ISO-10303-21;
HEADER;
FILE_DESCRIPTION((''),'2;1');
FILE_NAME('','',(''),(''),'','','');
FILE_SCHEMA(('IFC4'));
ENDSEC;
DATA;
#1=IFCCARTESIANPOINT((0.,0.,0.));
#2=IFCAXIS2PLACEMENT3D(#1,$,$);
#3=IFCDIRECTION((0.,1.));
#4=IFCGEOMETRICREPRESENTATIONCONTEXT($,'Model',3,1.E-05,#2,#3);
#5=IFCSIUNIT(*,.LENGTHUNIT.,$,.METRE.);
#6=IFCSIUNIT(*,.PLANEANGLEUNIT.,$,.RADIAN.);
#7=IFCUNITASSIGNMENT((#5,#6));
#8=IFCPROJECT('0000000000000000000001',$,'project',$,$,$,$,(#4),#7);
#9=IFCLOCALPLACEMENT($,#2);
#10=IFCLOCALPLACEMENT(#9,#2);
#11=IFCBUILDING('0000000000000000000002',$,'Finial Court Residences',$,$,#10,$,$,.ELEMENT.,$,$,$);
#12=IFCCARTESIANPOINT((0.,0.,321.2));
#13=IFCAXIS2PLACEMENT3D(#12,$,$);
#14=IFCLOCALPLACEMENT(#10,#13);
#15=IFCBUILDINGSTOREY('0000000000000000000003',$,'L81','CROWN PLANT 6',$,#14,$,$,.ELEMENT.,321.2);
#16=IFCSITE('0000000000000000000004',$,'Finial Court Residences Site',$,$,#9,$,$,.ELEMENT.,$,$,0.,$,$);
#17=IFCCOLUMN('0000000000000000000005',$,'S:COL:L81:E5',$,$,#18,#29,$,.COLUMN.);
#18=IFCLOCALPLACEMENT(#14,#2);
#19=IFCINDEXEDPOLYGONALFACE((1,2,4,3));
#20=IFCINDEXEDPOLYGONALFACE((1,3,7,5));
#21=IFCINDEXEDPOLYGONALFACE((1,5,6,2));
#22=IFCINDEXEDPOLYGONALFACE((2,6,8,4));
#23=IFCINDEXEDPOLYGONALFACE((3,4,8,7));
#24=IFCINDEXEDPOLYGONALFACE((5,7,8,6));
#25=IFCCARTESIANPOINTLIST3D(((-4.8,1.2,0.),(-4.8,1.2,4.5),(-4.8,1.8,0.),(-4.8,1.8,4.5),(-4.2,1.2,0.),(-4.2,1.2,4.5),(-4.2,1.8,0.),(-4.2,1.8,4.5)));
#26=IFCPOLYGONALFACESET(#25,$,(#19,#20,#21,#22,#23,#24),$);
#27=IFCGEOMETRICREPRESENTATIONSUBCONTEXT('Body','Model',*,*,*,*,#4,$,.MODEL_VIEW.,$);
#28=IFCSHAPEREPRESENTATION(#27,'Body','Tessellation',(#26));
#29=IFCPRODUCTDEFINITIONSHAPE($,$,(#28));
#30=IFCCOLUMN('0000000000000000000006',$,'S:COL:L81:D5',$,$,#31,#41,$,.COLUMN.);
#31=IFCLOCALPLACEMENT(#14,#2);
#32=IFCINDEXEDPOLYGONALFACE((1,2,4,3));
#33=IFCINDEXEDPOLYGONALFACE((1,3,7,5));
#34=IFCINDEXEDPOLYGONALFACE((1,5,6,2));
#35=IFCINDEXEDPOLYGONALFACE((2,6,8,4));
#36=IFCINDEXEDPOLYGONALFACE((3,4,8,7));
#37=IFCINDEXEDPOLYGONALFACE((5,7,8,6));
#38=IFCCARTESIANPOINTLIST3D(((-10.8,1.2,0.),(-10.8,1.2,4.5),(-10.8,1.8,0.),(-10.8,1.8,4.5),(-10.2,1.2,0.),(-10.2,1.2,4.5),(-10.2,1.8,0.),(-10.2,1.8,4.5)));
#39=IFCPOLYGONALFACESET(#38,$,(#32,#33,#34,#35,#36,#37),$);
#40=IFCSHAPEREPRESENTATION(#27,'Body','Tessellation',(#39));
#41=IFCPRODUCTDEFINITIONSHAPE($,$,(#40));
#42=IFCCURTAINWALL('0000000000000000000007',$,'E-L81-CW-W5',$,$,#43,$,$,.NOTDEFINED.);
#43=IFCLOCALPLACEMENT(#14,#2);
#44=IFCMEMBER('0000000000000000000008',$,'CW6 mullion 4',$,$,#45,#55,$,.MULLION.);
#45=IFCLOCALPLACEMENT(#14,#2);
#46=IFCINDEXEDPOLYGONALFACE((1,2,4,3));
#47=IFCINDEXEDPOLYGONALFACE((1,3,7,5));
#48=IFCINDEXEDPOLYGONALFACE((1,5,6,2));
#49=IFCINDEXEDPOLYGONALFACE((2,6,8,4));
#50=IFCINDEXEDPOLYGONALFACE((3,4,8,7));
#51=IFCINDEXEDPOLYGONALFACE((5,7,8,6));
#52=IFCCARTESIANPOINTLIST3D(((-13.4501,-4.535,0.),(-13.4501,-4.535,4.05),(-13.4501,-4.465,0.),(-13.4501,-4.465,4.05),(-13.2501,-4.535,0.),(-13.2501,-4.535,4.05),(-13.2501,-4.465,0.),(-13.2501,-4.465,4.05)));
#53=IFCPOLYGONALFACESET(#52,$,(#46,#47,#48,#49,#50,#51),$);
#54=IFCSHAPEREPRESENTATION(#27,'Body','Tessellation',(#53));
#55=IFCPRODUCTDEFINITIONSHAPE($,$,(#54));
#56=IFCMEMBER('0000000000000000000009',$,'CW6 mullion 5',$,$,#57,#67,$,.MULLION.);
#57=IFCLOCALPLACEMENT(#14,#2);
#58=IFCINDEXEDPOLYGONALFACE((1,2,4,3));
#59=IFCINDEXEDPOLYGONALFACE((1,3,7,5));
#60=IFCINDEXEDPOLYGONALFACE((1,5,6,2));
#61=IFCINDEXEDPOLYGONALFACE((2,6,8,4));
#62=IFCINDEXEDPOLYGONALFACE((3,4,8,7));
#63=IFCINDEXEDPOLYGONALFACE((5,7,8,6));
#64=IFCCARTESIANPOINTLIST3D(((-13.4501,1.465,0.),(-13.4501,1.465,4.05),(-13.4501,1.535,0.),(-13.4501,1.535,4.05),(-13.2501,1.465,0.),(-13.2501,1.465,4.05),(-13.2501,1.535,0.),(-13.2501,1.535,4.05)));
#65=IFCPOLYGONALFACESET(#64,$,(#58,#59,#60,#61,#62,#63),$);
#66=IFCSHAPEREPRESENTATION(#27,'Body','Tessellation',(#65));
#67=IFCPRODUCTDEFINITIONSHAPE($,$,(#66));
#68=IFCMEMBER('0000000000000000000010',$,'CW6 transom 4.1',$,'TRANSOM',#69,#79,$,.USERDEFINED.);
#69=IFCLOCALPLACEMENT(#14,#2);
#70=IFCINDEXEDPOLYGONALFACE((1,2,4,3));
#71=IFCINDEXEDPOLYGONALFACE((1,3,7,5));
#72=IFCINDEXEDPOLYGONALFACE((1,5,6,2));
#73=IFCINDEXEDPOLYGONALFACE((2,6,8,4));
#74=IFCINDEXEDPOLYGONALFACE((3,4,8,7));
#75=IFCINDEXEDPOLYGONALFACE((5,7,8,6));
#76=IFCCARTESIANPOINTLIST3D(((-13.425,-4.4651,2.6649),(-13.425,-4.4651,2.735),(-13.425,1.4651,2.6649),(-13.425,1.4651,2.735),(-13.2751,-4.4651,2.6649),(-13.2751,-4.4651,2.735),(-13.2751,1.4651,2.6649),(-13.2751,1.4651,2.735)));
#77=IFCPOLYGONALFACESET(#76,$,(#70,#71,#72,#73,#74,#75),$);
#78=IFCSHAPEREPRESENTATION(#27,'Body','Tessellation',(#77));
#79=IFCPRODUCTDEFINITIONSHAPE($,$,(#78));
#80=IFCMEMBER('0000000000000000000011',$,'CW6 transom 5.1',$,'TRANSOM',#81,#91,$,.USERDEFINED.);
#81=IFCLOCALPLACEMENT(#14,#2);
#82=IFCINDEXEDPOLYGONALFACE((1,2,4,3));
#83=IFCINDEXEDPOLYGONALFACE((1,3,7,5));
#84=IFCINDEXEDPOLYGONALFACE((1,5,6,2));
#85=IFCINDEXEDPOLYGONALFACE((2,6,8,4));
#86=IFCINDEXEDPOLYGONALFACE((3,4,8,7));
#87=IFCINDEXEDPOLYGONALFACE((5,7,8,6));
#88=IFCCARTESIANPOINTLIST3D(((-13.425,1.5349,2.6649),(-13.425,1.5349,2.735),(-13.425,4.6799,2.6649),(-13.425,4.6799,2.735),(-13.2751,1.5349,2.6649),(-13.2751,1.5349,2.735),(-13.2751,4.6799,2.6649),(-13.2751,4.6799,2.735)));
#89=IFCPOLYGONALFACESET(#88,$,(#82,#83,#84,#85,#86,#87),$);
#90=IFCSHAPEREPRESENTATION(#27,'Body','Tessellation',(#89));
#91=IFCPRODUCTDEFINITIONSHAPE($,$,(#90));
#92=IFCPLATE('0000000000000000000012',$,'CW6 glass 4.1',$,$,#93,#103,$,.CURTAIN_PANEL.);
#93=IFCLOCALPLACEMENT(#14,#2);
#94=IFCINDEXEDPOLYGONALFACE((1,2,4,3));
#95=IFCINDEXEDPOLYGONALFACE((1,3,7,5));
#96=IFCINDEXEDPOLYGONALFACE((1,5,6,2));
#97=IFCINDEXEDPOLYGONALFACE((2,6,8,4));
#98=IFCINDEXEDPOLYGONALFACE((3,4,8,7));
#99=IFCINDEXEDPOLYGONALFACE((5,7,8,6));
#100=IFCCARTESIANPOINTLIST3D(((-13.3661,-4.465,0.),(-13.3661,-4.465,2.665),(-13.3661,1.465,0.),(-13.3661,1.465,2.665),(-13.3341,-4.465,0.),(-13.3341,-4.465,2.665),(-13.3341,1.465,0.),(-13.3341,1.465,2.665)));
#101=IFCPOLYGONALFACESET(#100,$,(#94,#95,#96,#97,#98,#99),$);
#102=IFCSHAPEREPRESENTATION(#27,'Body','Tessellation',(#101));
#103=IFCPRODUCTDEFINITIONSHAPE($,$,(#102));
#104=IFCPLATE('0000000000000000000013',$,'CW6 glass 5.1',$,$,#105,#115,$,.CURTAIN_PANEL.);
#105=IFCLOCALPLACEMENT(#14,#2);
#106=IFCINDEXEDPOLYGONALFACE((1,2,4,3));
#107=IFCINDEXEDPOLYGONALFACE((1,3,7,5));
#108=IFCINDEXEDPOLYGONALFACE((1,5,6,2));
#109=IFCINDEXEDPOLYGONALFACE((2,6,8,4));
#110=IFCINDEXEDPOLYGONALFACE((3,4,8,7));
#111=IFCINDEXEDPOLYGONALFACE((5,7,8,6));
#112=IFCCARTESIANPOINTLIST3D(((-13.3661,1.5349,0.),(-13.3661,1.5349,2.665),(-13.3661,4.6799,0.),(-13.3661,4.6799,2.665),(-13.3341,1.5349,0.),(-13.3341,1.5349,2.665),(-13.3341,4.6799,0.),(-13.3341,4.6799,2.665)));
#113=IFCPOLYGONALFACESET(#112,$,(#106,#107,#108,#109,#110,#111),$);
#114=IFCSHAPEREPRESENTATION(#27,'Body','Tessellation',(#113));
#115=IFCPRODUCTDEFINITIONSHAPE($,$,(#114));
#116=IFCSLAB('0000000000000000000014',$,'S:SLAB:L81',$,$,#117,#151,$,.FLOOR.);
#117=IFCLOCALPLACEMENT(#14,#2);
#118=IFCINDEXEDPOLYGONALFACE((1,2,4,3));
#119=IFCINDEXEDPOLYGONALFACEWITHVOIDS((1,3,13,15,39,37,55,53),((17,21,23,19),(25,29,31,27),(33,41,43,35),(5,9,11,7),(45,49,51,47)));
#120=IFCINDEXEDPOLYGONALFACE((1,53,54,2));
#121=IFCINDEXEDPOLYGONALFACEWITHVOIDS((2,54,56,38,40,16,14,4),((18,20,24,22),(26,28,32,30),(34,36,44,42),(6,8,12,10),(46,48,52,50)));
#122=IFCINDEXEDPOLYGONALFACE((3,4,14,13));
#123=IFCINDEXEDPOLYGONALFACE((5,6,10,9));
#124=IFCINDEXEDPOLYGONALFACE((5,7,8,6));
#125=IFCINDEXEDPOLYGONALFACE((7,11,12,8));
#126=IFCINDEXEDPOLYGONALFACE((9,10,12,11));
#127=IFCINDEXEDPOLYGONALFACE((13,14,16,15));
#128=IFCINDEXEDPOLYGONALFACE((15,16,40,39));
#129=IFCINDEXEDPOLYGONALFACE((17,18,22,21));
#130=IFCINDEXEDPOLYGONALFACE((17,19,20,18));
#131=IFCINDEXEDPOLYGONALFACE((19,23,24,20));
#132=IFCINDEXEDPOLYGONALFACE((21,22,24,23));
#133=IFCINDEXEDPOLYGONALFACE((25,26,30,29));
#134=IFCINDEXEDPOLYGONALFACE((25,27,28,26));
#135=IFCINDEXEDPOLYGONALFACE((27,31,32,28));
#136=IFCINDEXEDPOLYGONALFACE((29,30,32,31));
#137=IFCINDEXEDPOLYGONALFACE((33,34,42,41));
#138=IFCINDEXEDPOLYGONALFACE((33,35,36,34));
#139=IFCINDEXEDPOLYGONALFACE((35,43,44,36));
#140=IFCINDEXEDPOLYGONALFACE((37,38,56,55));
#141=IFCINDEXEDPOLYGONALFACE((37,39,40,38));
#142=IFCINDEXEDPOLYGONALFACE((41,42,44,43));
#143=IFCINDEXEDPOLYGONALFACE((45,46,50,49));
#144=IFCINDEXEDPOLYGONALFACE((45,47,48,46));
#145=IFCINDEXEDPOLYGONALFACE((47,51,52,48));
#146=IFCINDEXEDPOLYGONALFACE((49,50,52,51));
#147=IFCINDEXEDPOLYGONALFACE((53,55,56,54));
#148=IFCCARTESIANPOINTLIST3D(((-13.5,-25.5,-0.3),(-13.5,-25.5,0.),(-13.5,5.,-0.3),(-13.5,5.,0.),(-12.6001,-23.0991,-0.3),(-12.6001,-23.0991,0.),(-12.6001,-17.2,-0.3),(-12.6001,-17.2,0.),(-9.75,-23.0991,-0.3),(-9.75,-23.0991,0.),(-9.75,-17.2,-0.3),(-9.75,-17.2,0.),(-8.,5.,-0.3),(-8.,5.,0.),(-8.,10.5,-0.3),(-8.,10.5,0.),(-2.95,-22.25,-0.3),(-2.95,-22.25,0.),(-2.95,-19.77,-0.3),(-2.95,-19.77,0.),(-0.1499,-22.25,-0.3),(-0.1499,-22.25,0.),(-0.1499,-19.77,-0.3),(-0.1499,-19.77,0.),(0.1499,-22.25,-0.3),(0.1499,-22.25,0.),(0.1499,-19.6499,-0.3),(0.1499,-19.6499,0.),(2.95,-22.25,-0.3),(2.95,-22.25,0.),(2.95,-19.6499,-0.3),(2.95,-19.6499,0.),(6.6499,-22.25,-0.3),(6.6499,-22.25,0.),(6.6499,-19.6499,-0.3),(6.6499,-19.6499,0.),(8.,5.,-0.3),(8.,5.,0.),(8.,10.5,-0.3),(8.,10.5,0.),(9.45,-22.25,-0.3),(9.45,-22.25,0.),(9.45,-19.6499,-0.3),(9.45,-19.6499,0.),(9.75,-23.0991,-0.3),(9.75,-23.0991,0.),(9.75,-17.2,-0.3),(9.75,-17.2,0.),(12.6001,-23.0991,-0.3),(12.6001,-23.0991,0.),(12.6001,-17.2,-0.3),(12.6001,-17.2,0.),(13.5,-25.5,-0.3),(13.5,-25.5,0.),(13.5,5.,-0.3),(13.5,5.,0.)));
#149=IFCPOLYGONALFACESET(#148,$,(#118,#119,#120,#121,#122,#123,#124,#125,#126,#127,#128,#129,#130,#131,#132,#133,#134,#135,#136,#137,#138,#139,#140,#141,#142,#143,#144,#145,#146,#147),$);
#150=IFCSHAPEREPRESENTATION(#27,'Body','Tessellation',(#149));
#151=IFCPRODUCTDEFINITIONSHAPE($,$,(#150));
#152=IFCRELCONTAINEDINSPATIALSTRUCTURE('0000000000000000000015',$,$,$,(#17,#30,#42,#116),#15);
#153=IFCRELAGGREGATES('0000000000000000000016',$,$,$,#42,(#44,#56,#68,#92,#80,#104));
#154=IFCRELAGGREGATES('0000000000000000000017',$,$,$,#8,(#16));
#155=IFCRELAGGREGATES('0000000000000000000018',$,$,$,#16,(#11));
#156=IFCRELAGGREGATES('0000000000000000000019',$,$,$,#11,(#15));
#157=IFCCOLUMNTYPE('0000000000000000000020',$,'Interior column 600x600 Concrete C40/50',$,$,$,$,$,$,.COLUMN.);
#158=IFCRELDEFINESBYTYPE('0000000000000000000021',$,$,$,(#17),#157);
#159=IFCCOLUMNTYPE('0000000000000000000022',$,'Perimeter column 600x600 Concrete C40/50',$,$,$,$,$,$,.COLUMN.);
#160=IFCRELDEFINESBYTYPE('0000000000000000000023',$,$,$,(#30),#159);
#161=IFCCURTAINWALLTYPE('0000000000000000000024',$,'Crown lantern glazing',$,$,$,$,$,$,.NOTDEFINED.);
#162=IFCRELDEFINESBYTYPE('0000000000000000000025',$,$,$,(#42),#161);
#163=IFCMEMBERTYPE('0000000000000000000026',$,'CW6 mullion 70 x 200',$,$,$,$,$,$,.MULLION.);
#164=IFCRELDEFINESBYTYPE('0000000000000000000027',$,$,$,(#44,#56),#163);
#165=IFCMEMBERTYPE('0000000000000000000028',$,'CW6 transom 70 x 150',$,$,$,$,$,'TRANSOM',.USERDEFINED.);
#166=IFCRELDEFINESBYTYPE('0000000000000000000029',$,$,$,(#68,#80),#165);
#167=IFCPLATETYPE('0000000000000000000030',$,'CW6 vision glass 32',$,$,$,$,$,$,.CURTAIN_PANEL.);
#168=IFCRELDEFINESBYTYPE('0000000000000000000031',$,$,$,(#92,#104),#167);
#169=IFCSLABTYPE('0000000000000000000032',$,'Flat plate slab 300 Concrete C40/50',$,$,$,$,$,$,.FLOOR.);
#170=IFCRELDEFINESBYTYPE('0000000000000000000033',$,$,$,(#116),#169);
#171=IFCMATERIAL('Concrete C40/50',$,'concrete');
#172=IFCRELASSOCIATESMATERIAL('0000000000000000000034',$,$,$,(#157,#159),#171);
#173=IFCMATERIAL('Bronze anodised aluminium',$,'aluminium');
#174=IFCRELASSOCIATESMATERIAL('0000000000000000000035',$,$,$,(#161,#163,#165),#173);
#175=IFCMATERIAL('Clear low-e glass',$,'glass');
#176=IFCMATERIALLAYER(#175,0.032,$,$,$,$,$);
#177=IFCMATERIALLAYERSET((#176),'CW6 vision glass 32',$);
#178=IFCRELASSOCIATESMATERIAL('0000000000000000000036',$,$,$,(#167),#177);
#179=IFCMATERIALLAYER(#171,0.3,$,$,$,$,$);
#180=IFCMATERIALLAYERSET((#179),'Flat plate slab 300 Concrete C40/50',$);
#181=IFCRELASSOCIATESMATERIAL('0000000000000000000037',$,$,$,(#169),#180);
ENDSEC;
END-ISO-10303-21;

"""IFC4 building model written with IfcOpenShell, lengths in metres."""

from ifc_helpers import new_model, si_unit, direction, frame, origin, origin_2d, place, context, subcontext, project, spatial, polyline, rectangle, outline, extrude, material, layer, layer_set, material_profile, profile_set, type_object, element, aggregate, save


model = new_model("IFC4")

# Units and contexts
model_context = context("Model", 3, precision=1e-05, world=origin(), true_north=direction((0.0, 1.0)))
body_context = subcontext(model_context, "Body", "Model", "MODEL_VIEW")
ifc_project = project(units=[si_unit("LENGTHUNIT", "METRE"), si_unit("PLANEANGLEUNIT", "RADIAN")], contexts=[model_context])

# Site, building, storey
site_placement = place(None, origin())
site = spatial("IfcSite", under=ifc_project, at=site_placement, Name="Finial Court Residences Site", CompositionType="ELEMENT", RefElevation=0.0)
building_placement = place(site_placement, origin())
building = spatial("IfcBuilding", under=site, at=building_placement, Name="Finial Court Residences", CompositionType="ELEMENT")
storey_placement = place(building_placement, frame((0.0, 0.0, 321.2)))
storey = spatial("IfcBuildingStorey", under=building, at=storey_placement, Name="L81", Description="CROWN PLANT 6", CompositionType="ELEMENT", Elevation=321.2)

# Columns
ifc_material_1 = material(Name="Concrete C40/50", Category="concrete")
ifc_material_profile_1 = material_profile(ifc_material_1, rectangle(XDim=0.6001, YDim=0.6001, at=origin_2d()), Name="600x600")
ifc_profile_set_1 = profile_set([ifc_material_profile_1], Name="Concrete C40/50")
column_type_1 = type_object("IfcColumnType", Name="Interior column 600x600 Concrete C40/50", PredefinedType="COLUMN", material=ifc_profile_set_1)
column_1_placement = place(storey_placement, frame((-4.5, 1.5, 0.0), z_axis=(0.0, 0.0, 1.0), x_axis=(1.0, 0.0, 0.0)))
element("IfcColumn", 1, at=column_1_placement, inside=storey, type_object=column_type_1, Name="S:COL:L81:E5", PredefinedType="COLUMN", context=body_context, shape_type="SweptSolid", body=[
    extrude(rectangle(XDim=0.6001, YDim=0.6001, at=origin_2d()), origin(), (0.0, 0.0, 1.0), 4.5),
])
ifc_material_profile_2 = material_profile(ifc_material_1, rectangle(XDim=0.6001, YDim=0.6001, at=origin_2d()), Name="600x600")
ifc_profile_set_2 = profile_set([ifc_material_profile_2], Name="Concrete C40/50")
column_type_2 = type_object("IfcColumnType", Name="Perimeter column 600x600 Concrete C40/50", PredefinedType="COLUMN", material=ifc_profile_set_2)
column_2_placement = place(storey_placement, frame((-10.5, 1.5, 0.0), z_axis=(0.0, 0.0, 1.0), x_axis=(1.0, 0.0, 0.0)))
element("IfcColumn", 2, at=column_2_placement, inside=storey, type_object=column_type_2, Name="S:COL:L81:D5", PredefinedType="COLUMN", context=body_context, shape_type="SweptSolid", body=[
    extrude(rectangle(XDim=0.6001, YDim=0.6001, at=origin_2d()), origin(), (0.0, 0.0, 1.0), 4.5),
])

# Curtain wall, members, plates
ifc_material_2 = material(Name="Bronze anodised aluminium", Category="aluminium")
curtain_wall_type = type_object("IfcCurtainWallType", Name="Crown lantern glazing", PredefinedType="NOTDEFINED", material=ifc_material_2)
curtain_wall_placement = place(storey_placement, origin())
curtain_wall = element("IfcCurtainWall", 3, at=curtain_wall_placement, inside=storey, type_object=curtain_wall_type, Name="E-L81-CW-W5", PredefinedType="NOTDEFINED")
ifc_material_profile_3 = material_profile(ifc_material_2, rectangle(XDim=0.2, YDim=0.0701, at=origin_2d()), Name="CW6 mullion 70 x 200")
ifc_profile_set_3 = profile_set([ifc_material_profile_3], Name="Bronze anodised aluminium")
member_type_1 = type_object("IfcMemberType", Name="CW6 mullion 70 x 200", PredefinedType="MULLION", material=ifc_profile_set_3)
member_1_placement = place(storey_placement, frame((-13.3501, -4.5, 0.0), z_axis=(0.0, 0.0, 1.0), x_axis=(-1.0, 0.0, 0.0)))
member_1 = element("IfcMember", 4, at=member_1_placement, type_object=member_type_1, Name="CW6 mullion 4", PredefinedType="MULLION", context=body_context, shape_type="SweptSolid", body=[
    extrude(rectangle(XDim=0.2, YDim=0.0701, at=origin_2d()), origin(), (0.0, 0.0, 1.0), 4.05),
])
member_2_placement = place(storey_placement, frame((-13.3501, 1.5, 0.0), z_axis=(0.0, 0.0, 1.0), x_axis=(-1.0, 0.0, 0.0)))
member_2 = element("IfcMember", 5, at=member_2_placement, type_object=member_type_1, Name="CW6 mullion 5", PredefinedType="MULLION", context=body_context, shape_type="SweptSolid", body=[
    extrude(rectangle(XDim=0.2, YDim=0.0701, at=origin_2d()), origin(), (0.0, 0.0, 1.0), 4.05),
])
ifc_material_profile_4 = material_profile(ifc_material_2, rectangle(XDim=0.1499, YDim=0.0701, at=origin_2d()), Name="CW6 transom 70 x 150")
ifc_profile_set_4 = profile_set([ifc_material_profile_4], Name="Bronze anodised aluminium")
member_type_2 = type_object("IfcMemberType", Name="CW6 transom 70 x 150", ElementType="TRANSOM", PredefinedType="USERDEFINED", material=ifc_profile_set_4)
member_3_placement = place(storey_placement, frame((-13.3501, -4.4651, 2.7), z_axis=(0.0, 1.0, 0.0), x_axis=(-1.0, 0.0, 0.0)))
member_3 = element("IfcMember", 6, at=member_3_placement, type_object=member_type_2, Name="CW6 transom 4.1", ObjectType="TRANSOM", PredefinedType="USERDEFINED", context=body_context, shape_type="SweptSolid", body=[
    extrude(rectangle(XDim=0.1499, YDim=0.0701, at=origin_2d()), origin(), (0.0, 0.0, 1.0), 5.9302),
])
member_4_placement = place(storey_placement, frame((-13.3501, 1.5349, 2.7), z_axis=(0.0, 1.0, 0.0), x_axis=(-1.0, 0.0, 0.0)))
member_4 = element("IfcMember", 7, at=member_4_placement, type_object=member_type_2, Name="CW6 transom 5.1", ObjectType="TRANSOM", PredefinedType="USERDEFINED", context=body_context, shape_type="SweptSolid", body=[
    extrude(rectangle(XDim=0.1499, YDim=0.0701, at=origin_2d()), origin(), (0.0, 0.0, 1.0), 3.145),
])
ifc_material_3 = material(Name="Clear low-e glass", Category="glass")
ifc_layer_1 = layer(ifc_material_3, 0.032)
ifc_layer_set_1 = layer_set([ifc_layer_1], Name="CW6 vision glass 32")
plate_type = type_object("IfcPlateType", Name="CW6 vision glass 32", PredefinedType="CURTAIN_PANEL", material=ifc_layer_set_1)
plate_1_placement = place(storey_placement, frame((-13.3501, -1.5, 0.0), z_axis=(0.0, 0.0, 1.0), x_axis=(0.0, 1.0, 0.0)))
plate_1 = element("IfcPlate", 8, at=plate_1_placement, type_object=plate_type, Name="CW6 glass 4.1", PredefinedType="CURTAIN_PANEL", context=body_context, shape_type="SweptSolid", body=[
    extrude(rectangle(XDim=5.9299, YDim=0.032, at=origin_2d()), origin(), (0.0, 0.0, 1.0), 2.665),
])
plate_2_placement = place(storey_placement, frame((-13.3501, 3.1074, 0.0), z_axis=(0.0, 0.0, 1.0), x_axis=(0.0, 1.0, 0.0)))
plate_2 = element("IfcPlate", 9, at=plate_2_placement, type_object=plate_type, Name="CW6 glass 5.1", PredefinedType="CURTAIN_PANEL", context=body_context, shape_type="SweptSolid", body=[
    extrude(rectangle(XDim=3.145, YDim=0.032, at=origin_2d()), origin(), (0.0, 0.0, 1.0), 2.665),
])

# Slab
ifc_layer_2 = layer(ifc_material_1, 0.3)
ifc_layer_set_2 = layer_set([ifc_layer_2], Name="Flat plate slab 300 Concrete C40/50")
slab_type = type_object("IfcSlabType", Name="Flat plate slab 300 Concrete C40/50", PredefinedType="FLOOR", material=ifc_layer_set_2)
slab_placement = place(storey_placement, frame((0.0, 0.0, -0.3)))
element("IfcSlab", 10, at=slab_placement, inside=storey, type_object=slab_type, Name="S:SLAB:L81", PredefinedType="FLOOR", context=body_context, shape_type="SweptSolid", body=[
    extrude(outline(polyline([(-13.5, -25.5), (-13.5, 5.0), (-8.0, 5.0), (-8.0, 10.5), (8.0, 10.5), (8.0, 5.0), (13.5, 5.0), (13.5, -25.5), (-13.5, -25.5)]), holes=[polyline([(-2.95, -19.77), (-2.95, -22.25), (-0.1499, -22.25), (-0.1499, -19.77), (-2.95, -19.77)]), polyline([(0.1499, -19.6499), (0.1499, -22.25), (2.95, -22.25), (2.95, -19.6499), (0.1499, -19.6499)]), polyline([(6.6499, -19.6499), (6.6499, -22.25), (9.45, -22.25), (9.45, -19.6499), (6.6499, -19.6499)]), polyline([(-12.6001, -17.2), (-12.6001, -23.0991), (-9.75, -23.0991), (-9.75, -17.2), (-12.6001, -17.2)]), polyline([(9.75, -17.2), (9.75, -23.0991), (12.6001, -23.0991), (12.6001, -17.2), (9.75, -17.2)])]), origin(), (0.0, 0.0, 1.0), 0.3),
])

aggregate(curtain_wall, [member_1, member_2, member_3, plate_1, member_4, plate_2])

save(model, "model.ifc")
